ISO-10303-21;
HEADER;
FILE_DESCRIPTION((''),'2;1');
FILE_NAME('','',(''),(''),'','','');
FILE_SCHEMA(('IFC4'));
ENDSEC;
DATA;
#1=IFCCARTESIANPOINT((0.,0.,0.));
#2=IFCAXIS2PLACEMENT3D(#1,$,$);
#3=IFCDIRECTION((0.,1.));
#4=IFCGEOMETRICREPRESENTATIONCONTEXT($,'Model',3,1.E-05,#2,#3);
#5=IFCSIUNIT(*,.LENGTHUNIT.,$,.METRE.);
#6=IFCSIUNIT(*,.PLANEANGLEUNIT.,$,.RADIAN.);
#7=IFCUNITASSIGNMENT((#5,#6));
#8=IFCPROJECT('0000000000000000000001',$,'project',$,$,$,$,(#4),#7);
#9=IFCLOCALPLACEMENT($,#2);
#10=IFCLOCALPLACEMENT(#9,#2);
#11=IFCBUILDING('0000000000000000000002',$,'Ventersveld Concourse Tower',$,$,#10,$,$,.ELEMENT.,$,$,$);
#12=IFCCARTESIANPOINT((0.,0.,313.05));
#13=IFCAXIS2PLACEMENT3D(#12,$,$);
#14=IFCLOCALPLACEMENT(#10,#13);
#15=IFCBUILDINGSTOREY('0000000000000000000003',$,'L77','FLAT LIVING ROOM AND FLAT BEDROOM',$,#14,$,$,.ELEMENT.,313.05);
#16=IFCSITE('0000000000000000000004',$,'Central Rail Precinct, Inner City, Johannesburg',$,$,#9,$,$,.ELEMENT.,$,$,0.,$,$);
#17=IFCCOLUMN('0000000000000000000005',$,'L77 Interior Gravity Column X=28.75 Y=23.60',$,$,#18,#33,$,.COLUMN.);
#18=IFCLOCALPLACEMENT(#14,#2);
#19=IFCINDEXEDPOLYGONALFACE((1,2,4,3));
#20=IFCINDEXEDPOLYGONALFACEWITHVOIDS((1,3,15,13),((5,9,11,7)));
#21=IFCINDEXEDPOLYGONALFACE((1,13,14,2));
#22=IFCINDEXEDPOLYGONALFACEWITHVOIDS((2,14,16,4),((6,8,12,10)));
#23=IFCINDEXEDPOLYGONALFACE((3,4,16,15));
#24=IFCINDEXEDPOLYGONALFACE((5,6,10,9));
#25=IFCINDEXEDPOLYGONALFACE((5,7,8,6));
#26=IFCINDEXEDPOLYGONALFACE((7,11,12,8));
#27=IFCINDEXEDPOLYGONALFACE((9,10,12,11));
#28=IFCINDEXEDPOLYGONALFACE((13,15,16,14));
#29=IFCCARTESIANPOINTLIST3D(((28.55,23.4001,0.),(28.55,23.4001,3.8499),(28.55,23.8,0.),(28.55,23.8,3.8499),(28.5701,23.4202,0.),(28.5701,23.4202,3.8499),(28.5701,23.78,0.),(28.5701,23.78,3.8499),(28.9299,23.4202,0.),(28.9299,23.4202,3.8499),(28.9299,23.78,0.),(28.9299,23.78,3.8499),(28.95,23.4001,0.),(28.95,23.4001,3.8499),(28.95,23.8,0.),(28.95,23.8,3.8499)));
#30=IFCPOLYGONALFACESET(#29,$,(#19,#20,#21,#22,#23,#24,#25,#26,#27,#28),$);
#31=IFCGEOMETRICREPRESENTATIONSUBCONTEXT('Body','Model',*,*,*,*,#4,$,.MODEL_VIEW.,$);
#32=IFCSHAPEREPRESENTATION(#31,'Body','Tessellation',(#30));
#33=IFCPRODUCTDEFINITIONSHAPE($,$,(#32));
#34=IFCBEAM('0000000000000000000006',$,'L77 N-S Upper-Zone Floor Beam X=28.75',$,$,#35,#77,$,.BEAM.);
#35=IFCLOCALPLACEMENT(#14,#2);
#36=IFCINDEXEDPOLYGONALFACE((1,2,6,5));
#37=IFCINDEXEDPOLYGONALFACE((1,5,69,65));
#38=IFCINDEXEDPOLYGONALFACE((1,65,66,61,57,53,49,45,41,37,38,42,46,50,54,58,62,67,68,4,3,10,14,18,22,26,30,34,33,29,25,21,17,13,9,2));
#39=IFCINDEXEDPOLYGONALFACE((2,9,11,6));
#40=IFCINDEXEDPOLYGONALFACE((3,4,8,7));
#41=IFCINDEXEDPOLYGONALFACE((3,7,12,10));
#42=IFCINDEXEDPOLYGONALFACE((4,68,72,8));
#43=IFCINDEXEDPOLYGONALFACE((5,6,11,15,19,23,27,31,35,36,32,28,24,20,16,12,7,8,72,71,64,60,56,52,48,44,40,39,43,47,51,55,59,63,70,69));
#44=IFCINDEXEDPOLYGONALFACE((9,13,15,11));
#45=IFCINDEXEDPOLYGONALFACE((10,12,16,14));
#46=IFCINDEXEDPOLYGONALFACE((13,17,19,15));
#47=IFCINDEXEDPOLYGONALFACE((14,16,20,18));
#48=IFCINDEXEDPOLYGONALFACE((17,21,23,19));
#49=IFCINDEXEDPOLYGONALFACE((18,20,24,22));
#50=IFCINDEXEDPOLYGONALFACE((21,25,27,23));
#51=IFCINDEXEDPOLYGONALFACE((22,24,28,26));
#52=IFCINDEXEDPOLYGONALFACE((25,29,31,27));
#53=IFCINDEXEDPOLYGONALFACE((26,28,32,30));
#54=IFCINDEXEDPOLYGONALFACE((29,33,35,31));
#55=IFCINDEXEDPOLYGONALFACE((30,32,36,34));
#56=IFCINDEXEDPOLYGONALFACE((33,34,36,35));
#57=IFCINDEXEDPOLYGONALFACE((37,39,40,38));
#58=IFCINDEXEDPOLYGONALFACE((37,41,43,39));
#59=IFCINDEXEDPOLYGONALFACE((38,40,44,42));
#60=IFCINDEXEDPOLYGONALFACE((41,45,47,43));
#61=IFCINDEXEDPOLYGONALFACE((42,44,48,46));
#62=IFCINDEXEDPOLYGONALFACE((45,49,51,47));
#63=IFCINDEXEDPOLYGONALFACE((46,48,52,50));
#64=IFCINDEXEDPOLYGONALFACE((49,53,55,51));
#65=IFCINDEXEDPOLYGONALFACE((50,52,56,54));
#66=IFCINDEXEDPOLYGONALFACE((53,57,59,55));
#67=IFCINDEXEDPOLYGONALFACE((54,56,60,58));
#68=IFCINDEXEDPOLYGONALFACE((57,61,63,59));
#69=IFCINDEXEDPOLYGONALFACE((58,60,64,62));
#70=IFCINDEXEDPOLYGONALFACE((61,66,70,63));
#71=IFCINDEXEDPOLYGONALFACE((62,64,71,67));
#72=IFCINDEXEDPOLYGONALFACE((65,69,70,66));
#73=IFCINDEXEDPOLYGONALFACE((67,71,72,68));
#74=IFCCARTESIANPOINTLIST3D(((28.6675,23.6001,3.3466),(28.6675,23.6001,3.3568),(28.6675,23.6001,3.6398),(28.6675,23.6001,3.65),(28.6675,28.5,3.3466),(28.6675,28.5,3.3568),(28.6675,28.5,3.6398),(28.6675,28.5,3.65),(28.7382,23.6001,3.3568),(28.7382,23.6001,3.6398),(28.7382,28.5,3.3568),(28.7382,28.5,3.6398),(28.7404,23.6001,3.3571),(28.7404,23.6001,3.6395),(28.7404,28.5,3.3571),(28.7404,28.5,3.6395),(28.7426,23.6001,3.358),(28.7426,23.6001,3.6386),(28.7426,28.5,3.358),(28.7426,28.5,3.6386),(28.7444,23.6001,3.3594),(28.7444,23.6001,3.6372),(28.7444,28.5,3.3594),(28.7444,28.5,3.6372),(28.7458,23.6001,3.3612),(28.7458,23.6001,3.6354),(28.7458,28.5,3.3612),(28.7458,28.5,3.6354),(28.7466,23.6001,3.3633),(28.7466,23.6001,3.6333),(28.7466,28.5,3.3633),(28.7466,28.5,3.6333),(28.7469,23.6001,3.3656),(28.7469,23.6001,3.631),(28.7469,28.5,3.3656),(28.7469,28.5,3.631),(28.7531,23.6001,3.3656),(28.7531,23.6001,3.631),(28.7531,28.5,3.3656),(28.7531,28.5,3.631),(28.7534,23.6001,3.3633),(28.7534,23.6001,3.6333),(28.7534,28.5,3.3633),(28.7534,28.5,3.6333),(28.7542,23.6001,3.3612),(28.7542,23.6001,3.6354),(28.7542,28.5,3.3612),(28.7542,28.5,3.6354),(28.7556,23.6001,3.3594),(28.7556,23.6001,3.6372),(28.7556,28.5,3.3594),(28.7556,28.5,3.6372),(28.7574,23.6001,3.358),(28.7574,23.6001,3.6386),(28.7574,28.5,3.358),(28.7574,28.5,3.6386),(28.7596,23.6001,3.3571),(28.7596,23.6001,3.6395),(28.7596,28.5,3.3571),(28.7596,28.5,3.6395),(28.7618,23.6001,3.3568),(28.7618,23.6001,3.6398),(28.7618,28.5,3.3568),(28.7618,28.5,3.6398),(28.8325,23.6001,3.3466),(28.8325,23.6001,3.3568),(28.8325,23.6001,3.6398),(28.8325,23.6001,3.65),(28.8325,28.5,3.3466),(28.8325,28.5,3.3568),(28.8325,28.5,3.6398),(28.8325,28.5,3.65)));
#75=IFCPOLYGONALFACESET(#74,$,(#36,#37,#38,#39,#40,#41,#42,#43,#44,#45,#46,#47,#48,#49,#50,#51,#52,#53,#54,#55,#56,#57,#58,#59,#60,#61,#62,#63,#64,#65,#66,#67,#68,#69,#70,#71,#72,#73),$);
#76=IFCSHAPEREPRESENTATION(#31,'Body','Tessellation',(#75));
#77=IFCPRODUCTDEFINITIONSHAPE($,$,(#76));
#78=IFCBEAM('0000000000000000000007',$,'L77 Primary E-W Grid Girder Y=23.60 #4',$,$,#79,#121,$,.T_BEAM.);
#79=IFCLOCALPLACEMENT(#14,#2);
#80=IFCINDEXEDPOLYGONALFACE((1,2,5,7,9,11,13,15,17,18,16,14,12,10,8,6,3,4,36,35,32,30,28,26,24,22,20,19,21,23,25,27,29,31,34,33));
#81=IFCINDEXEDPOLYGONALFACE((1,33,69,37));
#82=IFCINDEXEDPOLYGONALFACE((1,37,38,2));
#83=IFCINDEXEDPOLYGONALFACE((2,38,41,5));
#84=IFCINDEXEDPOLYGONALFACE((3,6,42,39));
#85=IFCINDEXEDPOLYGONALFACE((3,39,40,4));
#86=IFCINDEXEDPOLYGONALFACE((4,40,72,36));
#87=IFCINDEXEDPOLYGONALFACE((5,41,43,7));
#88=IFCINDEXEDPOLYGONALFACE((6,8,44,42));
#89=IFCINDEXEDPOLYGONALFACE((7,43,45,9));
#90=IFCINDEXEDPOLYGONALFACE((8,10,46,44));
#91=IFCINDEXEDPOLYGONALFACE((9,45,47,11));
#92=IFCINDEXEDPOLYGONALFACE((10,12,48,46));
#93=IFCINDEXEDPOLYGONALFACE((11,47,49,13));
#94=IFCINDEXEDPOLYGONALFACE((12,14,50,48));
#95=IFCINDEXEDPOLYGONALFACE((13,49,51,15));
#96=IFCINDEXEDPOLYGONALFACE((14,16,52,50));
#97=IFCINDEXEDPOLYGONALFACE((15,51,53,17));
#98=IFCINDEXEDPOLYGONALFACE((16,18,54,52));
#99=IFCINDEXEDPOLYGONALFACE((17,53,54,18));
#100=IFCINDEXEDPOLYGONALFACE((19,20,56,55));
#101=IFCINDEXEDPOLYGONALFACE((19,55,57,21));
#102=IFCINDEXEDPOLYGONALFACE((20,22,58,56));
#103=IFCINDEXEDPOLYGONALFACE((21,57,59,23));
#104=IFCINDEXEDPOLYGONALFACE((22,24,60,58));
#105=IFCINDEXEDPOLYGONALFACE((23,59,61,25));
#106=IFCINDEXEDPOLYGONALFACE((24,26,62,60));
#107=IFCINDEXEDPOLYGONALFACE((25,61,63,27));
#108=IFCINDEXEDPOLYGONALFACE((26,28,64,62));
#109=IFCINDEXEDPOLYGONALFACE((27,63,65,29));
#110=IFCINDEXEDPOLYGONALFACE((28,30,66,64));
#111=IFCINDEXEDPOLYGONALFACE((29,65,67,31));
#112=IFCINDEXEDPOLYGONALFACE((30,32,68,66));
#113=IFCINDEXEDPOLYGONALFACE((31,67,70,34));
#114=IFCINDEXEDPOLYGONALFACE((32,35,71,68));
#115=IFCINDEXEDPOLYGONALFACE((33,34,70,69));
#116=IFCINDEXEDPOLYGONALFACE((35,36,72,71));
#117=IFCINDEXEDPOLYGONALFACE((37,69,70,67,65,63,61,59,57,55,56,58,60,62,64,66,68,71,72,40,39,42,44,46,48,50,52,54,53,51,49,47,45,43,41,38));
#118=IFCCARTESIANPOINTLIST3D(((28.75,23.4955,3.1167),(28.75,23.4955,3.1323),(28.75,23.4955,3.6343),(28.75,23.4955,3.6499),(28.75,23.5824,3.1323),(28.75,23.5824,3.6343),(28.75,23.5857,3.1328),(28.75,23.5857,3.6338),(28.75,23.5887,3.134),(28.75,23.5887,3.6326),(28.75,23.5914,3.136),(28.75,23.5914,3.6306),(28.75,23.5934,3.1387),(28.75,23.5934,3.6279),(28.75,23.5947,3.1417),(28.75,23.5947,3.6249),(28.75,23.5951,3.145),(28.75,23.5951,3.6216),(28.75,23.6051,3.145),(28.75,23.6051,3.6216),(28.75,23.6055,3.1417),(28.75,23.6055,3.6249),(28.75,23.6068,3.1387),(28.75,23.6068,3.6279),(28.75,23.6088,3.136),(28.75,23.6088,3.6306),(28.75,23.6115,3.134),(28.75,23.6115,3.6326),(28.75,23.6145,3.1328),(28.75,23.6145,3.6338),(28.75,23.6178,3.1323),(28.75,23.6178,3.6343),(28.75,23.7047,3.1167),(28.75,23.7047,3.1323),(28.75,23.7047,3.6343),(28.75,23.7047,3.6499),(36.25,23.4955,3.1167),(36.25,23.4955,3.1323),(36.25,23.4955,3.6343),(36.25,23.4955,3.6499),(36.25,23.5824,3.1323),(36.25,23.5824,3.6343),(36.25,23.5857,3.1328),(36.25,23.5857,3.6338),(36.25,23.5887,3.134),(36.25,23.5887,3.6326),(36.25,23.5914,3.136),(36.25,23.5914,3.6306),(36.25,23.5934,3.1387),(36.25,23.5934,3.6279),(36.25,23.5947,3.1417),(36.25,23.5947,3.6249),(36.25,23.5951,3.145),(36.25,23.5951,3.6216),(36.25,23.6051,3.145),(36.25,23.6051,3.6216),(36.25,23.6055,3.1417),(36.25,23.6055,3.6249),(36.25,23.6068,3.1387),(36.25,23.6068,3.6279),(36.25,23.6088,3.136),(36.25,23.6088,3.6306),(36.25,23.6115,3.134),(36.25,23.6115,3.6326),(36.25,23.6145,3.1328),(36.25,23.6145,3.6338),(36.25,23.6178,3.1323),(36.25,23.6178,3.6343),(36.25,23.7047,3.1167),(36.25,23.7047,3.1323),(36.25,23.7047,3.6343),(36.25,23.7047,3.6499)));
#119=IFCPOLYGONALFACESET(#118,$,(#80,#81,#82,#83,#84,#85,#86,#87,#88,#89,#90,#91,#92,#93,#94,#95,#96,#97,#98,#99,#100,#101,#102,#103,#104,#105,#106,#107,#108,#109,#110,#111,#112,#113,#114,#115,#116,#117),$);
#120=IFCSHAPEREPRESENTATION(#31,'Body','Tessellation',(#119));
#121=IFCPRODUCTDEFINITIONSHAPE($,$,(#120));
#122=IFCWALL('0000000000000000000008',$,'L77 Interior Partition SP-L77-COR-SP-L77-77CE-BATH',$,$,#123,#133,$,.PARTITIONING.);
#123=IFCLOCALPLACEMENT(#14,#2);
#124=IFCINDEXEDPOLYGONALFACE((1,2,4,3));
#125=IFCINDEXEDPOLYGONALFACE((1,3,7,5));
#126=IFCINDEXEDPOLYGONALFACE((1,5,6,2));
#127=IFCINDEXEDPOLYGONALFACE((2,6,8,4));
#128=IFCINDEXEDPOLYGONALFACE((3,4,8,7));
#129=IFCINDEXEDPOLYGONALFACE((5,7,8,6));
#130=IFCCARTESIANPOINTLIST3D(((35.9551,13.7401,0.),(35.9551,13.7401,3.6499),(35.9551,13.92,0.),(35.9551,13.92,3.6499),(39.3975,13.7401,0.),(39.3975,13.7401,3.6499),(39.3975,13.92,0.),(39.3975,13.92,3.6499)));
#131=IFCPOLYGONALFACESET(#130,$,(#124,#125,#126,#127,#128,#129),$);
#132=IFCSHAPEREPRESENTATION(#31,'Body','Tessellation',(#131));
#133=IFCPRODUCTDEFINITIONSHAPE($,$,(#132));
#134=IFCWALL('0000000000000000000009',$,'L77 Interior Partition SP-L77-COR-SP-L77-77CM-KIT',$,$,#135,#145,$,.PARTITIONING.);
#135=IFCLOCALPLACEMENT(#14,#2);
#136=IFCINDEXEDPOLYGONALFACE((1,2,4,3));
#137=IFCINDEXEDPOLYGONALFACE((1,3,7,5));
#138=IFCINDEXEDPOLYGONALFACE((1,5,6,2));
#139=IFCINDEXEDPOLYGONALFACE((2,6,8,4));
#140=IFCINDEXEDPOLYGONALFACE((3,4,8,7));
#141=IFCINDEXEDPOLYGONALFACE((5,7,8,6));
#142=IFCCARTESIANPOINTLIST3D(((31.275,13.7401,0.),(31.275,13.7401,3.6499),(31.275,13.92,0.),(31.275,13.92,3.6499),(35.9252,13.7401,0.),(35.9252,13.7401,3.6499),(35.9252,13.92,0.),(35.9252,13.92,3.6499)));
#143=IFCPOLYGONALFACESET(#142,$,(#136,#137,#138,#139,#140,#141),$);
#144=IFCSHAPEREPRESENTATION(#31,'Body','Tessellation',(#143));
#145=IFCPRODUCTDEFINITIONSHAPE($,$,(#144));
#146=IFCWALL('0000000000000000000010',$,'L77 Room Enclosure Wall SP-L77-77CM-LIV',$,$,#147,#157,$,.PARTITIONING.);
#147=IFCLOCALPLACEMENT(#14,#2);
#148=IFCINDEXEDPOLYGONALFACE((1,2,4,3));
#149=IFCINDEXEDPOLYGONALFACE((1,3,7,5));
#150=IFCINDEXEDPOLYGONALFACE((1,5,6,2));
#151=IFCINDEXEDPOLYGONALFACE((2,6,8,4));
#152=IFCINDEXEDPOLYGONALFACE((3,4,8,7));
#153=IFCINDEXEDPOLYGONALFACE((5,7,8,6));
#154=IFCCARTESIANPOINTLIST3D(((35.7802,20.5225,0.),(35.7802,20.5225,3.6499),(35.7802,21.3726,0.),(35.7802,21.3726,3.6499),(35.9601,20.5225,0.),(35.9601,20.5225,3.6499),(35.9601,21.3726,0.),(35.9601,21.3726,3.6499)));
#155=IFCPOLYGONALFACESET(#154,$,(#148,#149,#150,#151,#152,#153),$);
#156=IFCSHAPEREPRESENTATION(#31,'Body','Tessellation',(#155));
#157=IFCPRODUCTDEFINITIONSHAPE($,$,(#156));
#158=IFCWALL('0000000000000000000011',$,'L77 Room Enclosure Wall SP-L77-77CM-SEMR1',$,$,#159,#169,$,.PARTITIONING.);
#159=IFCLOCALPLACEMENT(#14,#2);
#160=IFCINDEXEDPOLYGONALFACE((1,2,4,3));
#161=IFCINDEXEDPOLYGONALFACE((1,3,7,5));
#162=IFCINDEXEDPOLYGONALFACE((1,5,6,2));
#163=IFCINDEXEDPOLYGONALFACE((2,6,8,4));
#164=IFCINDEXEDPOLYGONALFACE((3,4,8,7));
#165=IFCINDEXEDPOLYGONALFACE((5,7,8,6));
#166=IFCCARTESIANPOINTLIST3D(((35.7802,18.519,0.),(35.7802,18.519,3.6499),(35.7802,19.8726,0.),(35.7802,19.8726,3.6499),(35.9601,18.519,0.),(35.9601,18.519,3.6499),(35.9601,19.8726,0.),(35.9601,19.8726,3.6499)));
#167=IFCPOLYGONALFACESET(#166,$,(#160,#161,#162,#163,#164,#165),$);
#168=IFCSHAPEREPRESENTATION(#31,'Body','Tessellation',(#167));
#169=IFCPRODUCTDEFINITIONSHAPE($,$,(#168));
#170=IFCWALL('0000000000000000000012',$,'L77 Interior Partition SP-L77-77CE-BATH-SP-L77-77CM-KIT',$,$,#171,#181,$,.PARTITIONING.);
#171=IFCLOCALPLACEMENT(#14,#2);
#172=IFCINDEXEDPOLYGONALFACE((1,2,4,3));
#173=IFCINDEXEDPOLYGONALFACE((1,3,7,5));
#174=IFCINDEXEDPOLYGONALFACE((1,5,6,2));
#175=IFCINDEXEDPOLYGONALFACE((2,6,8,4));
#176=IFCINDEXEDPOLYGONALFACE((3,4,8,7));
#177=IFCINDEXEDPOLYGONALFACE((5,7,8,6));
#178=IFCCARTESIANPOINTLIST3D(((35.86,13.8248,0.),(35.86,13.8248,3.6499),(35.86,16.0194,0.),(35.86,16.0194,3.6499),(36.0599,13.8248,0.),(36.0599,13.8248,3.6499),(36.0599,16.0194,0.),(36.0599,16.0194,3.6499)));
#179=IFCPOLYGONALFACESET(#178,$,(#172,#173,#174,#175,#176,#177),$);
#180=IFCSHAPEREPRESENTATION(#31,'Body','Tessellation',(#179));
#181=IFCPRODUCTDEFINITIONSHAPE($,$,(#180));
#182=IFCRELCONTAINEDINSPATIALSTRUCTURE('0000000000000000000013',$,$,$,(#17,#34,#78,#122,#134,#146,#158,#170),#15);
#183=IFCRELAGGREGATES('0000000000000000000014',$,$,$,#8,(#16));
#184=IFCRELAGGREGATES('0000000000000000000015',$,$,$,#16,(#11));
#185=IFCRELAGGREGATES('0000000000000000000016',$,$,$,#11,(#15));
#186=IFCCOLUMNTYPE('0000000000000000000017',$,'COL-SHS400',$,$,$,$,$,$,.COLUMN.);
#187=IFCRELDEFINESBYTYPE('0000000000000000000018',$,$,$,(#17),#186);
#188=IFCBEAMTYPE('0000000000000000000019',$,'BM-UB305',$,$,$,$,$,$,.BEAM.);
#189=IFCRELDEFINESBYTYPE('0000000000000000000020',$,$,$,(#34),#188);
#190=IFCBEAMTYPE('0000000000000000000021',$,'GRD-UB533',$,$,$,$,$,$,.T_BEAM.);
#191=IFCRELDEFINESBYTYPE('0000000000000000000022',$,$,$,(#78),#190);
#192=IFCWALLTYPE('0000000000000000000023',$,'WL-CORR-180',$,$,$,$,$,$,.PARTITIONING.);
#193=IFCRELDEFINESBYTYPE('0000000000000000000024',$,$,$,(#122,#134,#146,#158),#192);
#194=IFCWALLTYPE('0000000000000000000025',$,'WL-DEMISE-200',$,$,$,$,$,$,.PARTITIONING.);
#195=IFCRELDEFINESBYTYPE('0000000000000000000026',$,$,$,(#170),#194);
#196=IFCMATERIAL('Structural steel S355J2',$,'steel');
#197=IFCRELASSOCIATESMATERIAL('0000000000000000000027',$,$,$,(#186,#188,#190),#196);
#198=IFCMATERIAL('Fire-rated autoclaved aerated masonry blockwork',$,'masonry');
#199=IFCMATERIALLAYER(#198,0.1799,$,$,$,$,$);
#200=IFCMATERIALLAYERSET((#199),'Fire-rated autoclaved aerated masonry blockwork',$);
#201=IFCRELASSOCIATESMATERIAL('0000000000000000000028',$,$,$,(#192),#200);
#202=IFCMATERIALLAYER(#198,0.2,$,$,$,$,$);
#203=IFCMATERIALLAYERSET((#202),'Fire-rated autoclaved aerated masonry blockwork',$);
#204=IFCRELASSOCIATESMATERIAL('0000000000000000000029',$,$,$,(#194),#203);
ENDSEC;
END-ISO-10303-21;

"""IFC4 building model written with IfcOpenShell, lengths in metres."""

from ifc_helpers import new_model, si_unit, direction, frame, frame_2d, origin, origin_2d, place, context, subcontext, project, spatial, rectangle, hollow_rectangle, i_section, extrude, material, layer, layer_set, material_profile, profile_set, type_object, element, save


model = new_model("IFC4")

# Units and contexts
model_context = context("Model", 3, precision=1e-05, world=origin(), true_north=direction((0.0, 1.0)))
body_context = subcontext(model_context, "Body", "Model", "MODEL_VIEW")
ifc_project = project(units=[si_unit("LENGTHUNIT", "METRE"), si_unit("PLANEANGLEUNIT", "RADIAN")], contexts=[model_context])

# Site, building, storey
site_placement = place(None, origin())
site = spatial("IfcSite", under=ifc_project, at=site_placement, Name="Central Rail Precinct, Inner City, Johannesburg", CompositionType="ELEMENT", RefElevation=0.0)
building_placement = place(site_placement, origin())
building = spatial("IfcBuilding", under=site, at=building_placement, Name="Ventersveld Concourse Tower", CompositionType="ELEMENT")
storey_placement = place(building_placement, frame((0.0, 0.0, 313.05)))
storey = spatial("IfcBuildingStorey", under=building, at=storey_placement, Name="L77", Description="FLAT LIVING ROOM AND FLAT BEDROOM", CompositionType="ELEMENT", Elevation=313.05)

# Column
ifc_material_1 = material(Name="Structural steel S355J2", Category="steel")
ifc_material_profile_1 = material_profile(ifc_material_1, hollow_rectangle(XDim=0.3999, YDim=0.3999, WallThickness=0.02, at=origin_2d()), Name="SHS 400x400x20")
ifc_profile_set_1 = profile_set([ifc_material_profile_1], Name="Structural steel S355J2")
column_type = type_object("IfcColumnType", Name="COL-SHS400", PredefinedType="COLUMN", material=ifc_profile_set_1)
column_placement = place(storey_placement, frame((28.75, 23.6001, 0.0), z_axis=(0.0, 0.0, 1.0), x_axis=(1.0, 0.0, 0.0)))
element("IfcColumn", 1, at=column_placement, inside=storey, type_object=column_type, Name="L77 Interior Gravity Column X=28.75 Y=23.60", PredefinedType="COLUMN", context=body_context, shape_type="SweptSolid", body=[
    extrude(hollow_rectangle(XDim=0.3999, YDim=0.3999, WallThickness=0.02, at=origin_2d()), origin(), (0.0, 0.0, 1.0), 3.8499),
])

# Beams
ifc_material_profile_2 = material_profile(ifc_material_1, i_section(OverallWidth=0.165, OverallDepth=0.3035, WebThickness=0.0061, FlangeThickness=0.0103, FilletRadius=0.0088, at=origin_2d()), Name="UB 305x165x40")
ifc_profile_set_2 = profile_set([ifc_material_profile_2], Name="Structural steel S355J2")
beam_type_1 = type_object("IfcBeamType", Name="BM-UB305", PredefinedType="BEAM", material=ifc_profile_set_2)
beam_1_placement = place(storey_placement, frame((28.75, 23.6001, 3.4983), z_axis=(0.0, 1.0, 0.0), x_axis=(-1.0, 0.0, 0.0)))
element("IfcBeam", 2, at=beam_1_placement, inside=storey, type_object=beam_type_1, Name="L77 N-S Upper-Zone Floor Beam X=28.75", PredefinedType="BEAM", context=body_context, shape_type="SweptSolid", body=[
    extrude(i_section(OverallWidth=0.165, OverallDepth=0.3035, WebThickness=0.0061, FlangeThickness=0.0103, FilletRadius=0.0088, at=origin_2d()), origin(), (0.0, 0.0, 1.0), 4.8999),
])
ifc_material_profile_3 = material_profile(ifc_material_1, i_section(OverallWidth=0.2092, OverallDepth=0.5332, WebThickness=0.01, FlangeThickness=0.0156, FilletRadius=0.0127, at=origin_2d()), Name="UB 533x210x92")
ifc_profile_set_3 = profile_set([ifc_material_profile_3], Name="Structural steel S355J2")
beam_type_2 = type_object("IfcBeamType", Name="GRD-UB533", PredefinedType="T_BEAM", material=ifc_profile_set_3)
beam_2_placement = place(storey_placement, frame((28.75, 23.6001, 3.3833), z_axis=(1.0, 0.0, 0.0), x_axis=(0.0, 1.0, 0.0)))
element("IfcBeam", 3, at=beam_2_placement, inside=storey, type_object=beam_type_2, Name="L77 Primary E-W Grid Girder Y=23.60 #4", PredefinedType="T_BEAM", context=body_context, shape_type="SweptSolid", body=[
    extrude(i_section(OverallWidth=0.2092, OverallDepth=0.5332, WebThickness=0.01, FlangeThickness=0.0156, FilletRadius=0.0127, at=origin_2d()), origin(), (0.0, 0.0, 1.0), 7.5),
])

# Walls
ifc_material_2 = material(Name="Fire-rated autoclaved aerated masonry blockwork", Category="masonry")
ifc_layer_1 = layer(ifc_material_2, 0.1799)
ifc_layer_set_1 = layer_set([ifc_layer_1], Name="Fire-rated autoclaved aerated masonry blockwork")
wall_type_1 = type_object("IfcWallType", Name="WL-CORR-180", PredefinedType="PARTITIONING", material=ifc_layer_set_1)
wall_1_placement = place(storey_placement, frame((35.9551, 13.8301, 0.0), z_axis=(0.0, 0.0, 1.0), x_axis=(1.0, 0.0, 0.0)))
element("IfcWall", 4, at=wall_1_placement, inside=storey, type_object=wall_type_1, Name="L77 Interior Partition SP-L77-COR-SP-L77-77CE-BATH", PredefinedType="PARTITIONING", context=body_context, shape_type="SweptSolid", body=[
    extrude(rectangle(XDim=3.4424, YDim=0.1799, at=frame_2d((1.7212, 0.0))), origin(), (0.0, 0.0, 1.0), 3.6499),
])
wall_2_placement = place(storey_placement, frame((31.2749, 13.8301, 0.0), z_axis=(0.0, 0.0, 1.0), x_axis=(1.0, 0.0, 0.0)))
element("IfcWall", 5, at=wall_2_placement, inside=storey, type_object=wall_type_1, Name="L77 Interior Partition SP-L77-COR-SP-L77-77CM-KIT", PredefinedType="PARTITIONING", context=body_context, shape_type="SweptSolid", body=[
    extrude(rectangle(XDim=4.6501, YDim=0.1799, at=frame_2d((2.3252, 0.0))), origin(), (0.0, 0.0, 1.0), 3.6499),
])
wall_3_placement = place(storey_placement, frame((35.8701, 21.3726, 0.0), z_axis=(0.0, 0.0, 1.0), x_axis=(0.0, -1.0, 0.0)))
element("IfcWall", 6, at=wall_3_placement, inside=storey, type_object=wall_type_1, Name="L77 Room Enclosure Wall SP-L77-77CM-LIV", PredefinedType="PARTITIONING", context=body_context, shape_type="SweptSolid", body=[
    extrude(rectangle(XDim=0.8501, YDim=0.1799, at=frame_2d((0.425, 0.0))), origin(), (0.0, 0.0, 1.0), 3.6499),
])
wall_4_placement = place(storey_placement, frame((35.8701, 19.8726, 0.0), z_axis=(0.0, 0.0, 1.0), x_axis=(0.0, -1.0, 0.0)))
element("IfcWall", 7, at=wall_4_placement, inside=storey, type_object=wall_type_1, Name="L77 Room Enclosure Wall SP-L77-77CM-SEMR1", PredefinedType="PARTITIONING", context=body_context, shape_type="SweptSolid", body=[
    extrude(rectangle(XDim=1.3535, YDim=0.1799, at=frame_2d((0.6768, 0.0))), origin(), (0.0, 0.0, 1.0), 3.6499),
])
ifc_layer_2 = layer(ifc_material_2, 0.2)
ifc_layer_set_2 = layer_set([ifc_layer_2], Name="Fire-rated autoclaved aerated masonry blockwork")
wall_type_2 = type_object("IfcWallType", Name="WL-DEMISE-200", PredefinedType="PARTITIONING", material=ifc_layer_set_2)
wall_5_placement = place(storey_placement, frame((35.96, 13.825, 0.0), z_axis=(0.0, 0.0, 1.0), x_axis=(0.0, 1.0, 0.0)))
element("IfcWall", 8, at=wall_5_placement, inside=storey, type_object=wall_type_2, Name="L77 Interior Partition SP-L77-77CE-BATH-SP-L77-77CM-KIT", PredefinedType="PARTITIONING", context=body_context, shape_type="SweptSolid", body=[
    extrude(rectangle(XDim=2.1946, YDim=0.2, at=frame_2d((1.0972, 0.0))), origin(), (0.0, 0.0, 1.0), 3.6499),
])

save(model, "model.ifc")
